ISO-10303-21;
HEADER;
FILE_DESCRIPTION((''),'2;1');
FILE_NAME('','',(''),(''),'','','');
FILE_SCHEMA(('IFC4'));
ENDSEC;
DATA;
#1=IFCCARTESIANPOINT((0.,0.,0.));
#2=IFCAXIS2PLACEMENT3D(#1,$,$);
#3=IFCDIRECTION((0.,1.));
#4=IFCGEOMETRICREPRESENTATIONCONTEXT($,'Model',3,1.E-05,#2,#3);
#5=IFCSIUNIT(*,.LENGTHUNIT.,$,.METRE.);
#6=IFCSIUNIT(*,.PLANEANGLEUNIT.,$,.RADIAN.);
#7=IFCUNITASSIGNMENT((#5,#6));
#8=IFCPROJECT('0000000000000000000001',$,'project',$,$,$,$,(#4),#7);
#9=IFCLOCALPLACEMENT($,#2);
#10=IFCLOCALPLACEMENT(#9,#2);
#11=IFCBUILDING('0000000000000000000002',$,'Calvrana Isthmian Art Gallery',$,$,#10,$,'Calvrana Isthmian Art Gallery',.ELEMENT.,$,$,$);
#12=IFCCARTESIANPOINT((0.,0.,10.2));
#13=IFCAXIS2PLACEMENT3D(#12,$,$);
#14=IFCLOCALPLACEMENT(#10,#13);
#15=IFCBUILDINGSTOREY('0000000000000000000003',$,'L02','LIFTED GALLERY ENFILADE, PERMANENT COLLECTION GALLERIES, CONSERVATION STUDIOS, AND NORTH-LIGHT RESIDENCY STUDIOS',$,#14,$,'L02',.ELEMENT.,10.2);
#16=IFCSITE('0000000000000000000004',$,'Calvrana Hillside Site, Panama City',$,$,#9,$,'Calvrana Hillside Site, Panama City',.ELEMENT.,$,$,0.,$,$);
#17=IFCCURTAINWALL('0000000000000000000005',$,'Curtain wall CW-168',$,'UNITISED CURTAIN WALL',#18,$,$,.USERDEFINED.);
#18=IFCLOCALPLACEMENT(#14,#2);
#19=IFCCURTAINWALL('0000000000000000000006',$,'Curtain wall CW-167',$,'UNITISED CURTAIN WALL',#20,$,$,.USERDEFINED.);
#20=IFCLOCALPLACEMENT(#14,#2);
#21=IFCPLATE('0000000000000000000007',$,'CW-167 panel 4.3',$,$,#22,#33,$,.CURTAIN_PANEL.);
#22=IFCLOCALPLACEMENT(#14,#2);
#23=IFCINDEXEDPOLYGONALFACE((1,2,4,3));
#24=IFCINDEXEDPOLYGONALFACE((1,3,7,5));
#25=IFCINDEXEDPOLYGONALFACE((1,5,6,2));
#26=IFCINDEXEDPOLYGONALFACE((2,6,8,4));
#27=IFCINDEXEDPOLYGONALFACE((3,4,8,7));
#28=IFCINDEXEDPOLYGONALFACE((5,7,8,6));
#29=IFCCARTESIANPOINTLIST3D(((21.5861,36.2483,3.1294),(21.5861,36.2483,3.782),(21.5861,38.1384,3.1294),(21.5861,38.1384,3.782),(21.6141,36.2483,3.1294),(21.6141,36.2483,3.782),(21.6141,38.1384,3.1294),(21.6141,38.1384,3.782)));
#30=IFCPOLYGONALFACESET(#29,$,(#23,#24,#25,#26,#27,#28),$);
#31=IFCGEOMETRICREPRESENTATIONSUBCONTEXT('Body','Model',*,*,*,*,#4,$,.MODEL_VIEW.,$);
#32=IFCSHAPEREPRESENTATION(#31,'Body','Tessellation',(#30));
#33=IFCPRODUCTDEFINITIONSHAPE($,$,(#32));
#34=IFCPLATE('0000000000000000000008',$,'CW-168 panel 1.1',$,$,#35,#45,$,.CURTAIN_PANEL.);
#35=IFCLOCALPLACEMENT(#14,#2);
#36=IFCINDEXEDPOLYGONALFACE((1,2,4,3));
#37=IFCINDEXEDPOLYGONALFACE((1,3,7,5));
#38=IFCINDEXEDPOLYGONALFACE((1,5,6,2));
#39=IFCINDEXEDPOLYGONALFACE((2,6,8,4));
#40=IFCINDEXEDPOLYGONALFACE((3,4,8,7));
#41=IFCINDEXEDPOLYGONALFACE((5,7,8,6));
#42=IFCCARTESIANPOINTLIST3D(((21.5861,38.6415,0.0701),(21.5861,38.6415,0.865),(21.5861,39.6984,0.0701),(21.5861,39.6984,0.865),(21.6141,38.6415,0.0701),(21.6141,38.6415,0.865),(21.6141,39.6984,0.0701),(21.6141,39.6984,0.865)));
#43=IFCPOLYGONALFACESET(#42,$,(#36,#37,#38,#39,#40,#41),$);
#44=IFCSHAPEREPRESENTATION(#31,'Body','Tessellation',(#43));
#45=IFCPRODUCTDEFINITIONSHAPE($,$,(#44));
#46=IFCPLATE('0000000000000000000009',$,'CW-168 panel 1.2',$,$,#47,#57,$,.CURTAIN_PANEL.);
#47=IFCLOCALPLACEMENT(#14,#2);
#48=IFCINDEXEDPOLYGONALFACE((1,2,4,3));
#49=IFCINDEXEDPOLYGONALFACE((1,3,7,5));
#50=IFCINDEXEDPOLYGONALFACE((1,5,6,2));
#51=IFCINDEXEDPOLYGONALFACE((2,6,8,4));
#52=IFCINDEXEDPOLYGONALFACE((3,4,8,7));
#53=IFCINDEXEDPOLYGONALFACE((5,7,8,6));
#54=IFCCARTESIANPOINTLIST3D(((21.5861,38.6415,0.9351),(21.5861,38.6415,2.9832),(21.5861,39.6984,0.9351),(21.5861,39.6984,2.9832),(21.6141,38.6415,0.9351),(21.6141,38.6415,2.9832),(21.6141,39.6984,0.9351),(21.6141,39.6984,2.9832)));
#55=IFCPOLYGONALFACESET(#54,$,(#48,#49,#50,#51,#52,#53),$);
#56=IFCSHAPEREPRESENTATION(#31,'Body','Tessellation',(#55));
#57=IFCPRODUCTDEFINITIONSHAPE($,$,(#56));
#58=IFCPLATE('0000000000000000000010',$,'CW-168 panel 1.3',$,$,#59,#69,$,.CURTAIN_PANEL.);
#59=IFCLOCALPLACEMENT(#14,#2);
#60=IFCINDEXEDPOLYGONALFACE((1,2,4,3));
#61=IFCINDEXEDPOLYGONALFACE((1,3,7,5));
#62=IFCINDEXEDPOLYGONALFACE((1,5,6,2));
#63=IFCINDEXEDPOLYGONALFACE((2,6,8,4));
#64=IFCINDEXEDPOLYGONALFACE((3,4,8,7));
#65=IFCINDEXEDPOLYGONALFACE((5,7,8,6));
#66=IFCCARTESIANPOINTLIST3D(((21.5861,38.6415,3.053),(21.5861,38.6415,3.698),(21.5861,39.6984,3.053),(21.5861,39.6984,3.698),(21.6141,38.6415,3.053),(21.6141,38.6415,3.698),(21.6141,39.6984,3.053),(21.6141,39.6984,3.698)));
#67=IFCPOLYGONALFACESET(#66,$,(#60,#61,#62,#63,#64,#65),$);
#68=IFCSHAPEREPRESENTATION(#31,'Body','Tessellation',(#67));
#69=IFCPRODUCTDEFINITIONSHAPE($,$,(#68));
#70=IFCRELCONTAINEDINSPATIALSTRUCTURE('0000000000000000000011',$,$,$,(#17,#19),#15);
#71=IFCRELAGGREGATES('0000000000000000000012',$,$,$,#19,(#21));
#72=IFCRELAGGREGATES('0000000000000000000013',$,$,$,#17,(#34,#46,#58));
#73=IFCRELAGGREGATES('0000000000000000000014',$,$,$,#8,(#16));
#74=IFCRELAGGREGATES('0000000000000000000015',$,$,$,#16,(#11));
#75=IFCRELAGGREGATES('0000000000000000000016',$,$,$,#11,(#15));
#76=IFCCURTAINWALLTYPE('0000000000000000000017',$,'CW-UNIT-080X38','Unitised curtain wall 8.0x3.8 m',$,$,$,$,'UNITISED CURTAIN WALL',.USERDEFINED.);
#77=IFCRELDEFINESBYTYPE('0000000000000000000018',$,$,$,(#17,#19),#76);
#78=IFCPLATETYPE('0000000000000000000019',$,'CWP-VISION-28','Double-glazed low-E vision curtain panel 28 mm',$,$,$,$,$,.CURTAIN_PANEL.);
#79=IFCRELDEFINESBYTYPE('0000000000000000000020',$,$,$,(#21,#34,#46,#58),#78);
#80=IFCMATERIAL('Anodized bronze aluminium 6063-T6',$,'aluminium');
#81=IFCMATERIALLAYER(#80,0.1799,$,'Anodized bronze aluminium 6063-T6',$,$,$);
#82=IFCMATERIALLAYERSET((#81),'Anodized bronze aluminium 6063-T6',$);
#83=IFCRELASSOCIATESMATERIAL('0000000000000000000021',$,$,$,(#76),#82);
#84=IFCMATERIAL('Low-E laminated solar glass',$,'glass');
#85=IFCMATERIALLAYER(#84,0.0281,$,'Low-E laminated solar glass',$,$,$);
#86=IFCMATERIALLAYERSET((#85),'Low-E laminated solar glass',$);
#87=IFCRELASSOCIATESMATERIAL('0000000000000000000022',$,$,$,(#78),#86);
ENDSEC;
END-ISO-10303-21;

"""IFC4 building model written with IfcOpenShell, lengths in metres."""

from ifc_helpers import new_model, si_unit, direction, frame, origin, origin_2d, place, context, subcontext, project, spatial, rectangle, extrude, material, layer, layer_set, type_object, element, aggregate, save


model = new_model("IFC4")

# Units and contexts
model_context = context("Model", 3, precision=1e-05, world=origin(), true_north=direction((0.0, 1.0)))
body_context = subcontext(model_context, "Body", "Model", "MODEL_VIEW")
ifc_project = project(units=[si_unit("LENGTHUNIT", "METRE"), si_unit("PLANEANGLEUNIT", "RADIAN")], contexts=[model_context])

# Site, building, storey
site_placement = place(None, origin())
site = spatial("IfcSite", under=ifc_project, at=site_placement, Name="Calvrana Hillside Site, Panama City", LongName="Calvrana Hillside Site, Panama City", CompositionType="ELEMENT", RefElevation=0.0)
building_placement = place(site_placement, origin())
building = spatial("IfcBuilding", under=site, at=building_placement, Name="Calvrana Isthmian Art Gallery", LongName="Calvrana Isthmian Art Gallery", CompositionType="ELEMENT")
storey_placement = place(building_placement, frame((0.0, 0.0, 10.2)))
storey = spatial("IfcBuildingStorey", under=building, at=storey_placement, Name="L02", Description="LIFTED GALLERY ENFILADE, PERMANENT COLLECTION GALLERIES, CONSERVATION STUDIOS, AND NORTH-LIGHT RESIDENCY STUDIOS", LongName="L02", CompositionType="ELEMENT", Elevation=10.2)

# Curtain wall
ifc_material_1 = material(Name="Anodized bronze aluminium 6063-T6", Category="aluminium")
ifc_layer_1 = layer(ifc_material_1, 0.1799, Name="Anodized bronze aluminium 6063-T6")
ifc_layer_set_1 = layer_set([ifc_layer_1], Name="Anodized bronze aluminium 6063-T6")
curtain_wall_type = type_object("IfcCurtainWallType", Name="CW-UNIT-080X38", Description="Unitised curtain wall 8.0x3.8 m", ElementType="UNITISED CURTAIN WALL", PredefinedType="USERDEFINED", material=ifc_layer_set_1)
curtain_wall_1_placement = place(storey_placement, origin())
curtain_wall_1 = element("IfcCurtainWall", 1, at=curtain_wall_1_placement, inside=storey, type_object=curtain_wall_type, Name="Curtain wall CW-168", ObjectType="UNITISED CURTAIN WALL", PredefinedType="USERDEFINED")

# Curtain wall
curtain_wall_2_placement = place(storey_placement, origin())
curtain_wall_2 = element("IfcCurtainWall", 2, at=curtain_wall_2_placement, inside=storey, type_object=curtain_wall_type, Name="Curtain wall CW-167", ObjectType="UNITISED CURTAIN WALL", PredefinedType="USERDEFINED")

# Plates
ifc_material_2 = material(Name="Low-E laminated solar glass", Category="glass")
ifc_layer_2 = layer(ifc_material_2, 0.0281, Name="Low-E laminated solar glass")
ifc_layer_set_2 = layer_set([ifc_layer_2], Name="Low-E laminated solar glass")
plate_type = type_object("IfcPlateType", Name="CWP-VISION-28", Description="Double-glazed low-E vision curtain panel 28 mm", PredefinedType="CURTAIN_PANEL", material=ifc_layer_set_2)
plate_1_placement = place(storey_placement, frame((21.6001, 37.1934, 3.1294), z_axis=(0.0, 0.0, 1.0), x_axis=(0.0, 1.0, 0.0)))
plate_1 = element("IfcPlate", 3, at=plate_1_placement, type_object=plate_type, Name="CW-167 panel 4.3", PredefinedType="CURTAIN_PANEL", context=body_context, shape_type="SweptSolid", body=[
    extrude(rectangle(XDim=1.8901, YDim=0.0281, at=origin_2d()), origin(), (0.0, 0.0, 1.0), 0.6526),
])
aggregate(curtain_wall_2, [plate_1])
plate_2_placement = place(storey_placement, frame((21.6001, 39.1699, 0.0701), z_axis=(0.0, 0.0, 1.0), x_axis=(0.0, 1.0, 0.0)))
plate_2 = element("IfcPlate", 4, at=plate_2_placement, type_object=plate_type, Name="CW-168 panel 1.1", PredefinedType="CURTAIN_PANEL", context=body_context, shape_type="SweptSolid", body=[
    extrude(rectangle(XDim=1.0569, YDim=0.0281, at=origin_2d()), origin(), (0.0, 0.0, 1.0), 0.7949),
])
plate_3_placement = place(storey_placement, frame((21.6001, 39.1699, 0.9351), z_axis=(0.0, 0.0, 1.0), x_axis=(0.0, 1.0, 0.0)))
plate_3 = element("IfcPlate", 5, at=plate_3_placement, type_object=plate_type, Name="CW-168 panel 1.2", PredefinedType="CURTAIN_PANEL", context=body_context, shape_type="SweptSolid", body=[
    extrude(rectangle(XDim=1.0569, YDim=0.0281, at=origin_2d()), origin(), (0.0, 0.0, 1.0), 2.0481),
])
plate_4_placement = place(storey_placement, frame((21.6001, 39.1699, 3.053), z_axis=(0.0, 0.0, 1.0), x_axis=(0.0, 1.0, 0.0)))
plate_4 = element("IfcPlate", 6, at=plate_4_placement, type_object=plate_type, Name="CW-168 panel 1.3", PredefinedType="CURTAIN_PANEL", context=body_context, shape_type="SweptSolid", body=[
    extrude(rectangle(XDim=1.0569, YDim=0.0281, at=origin_2d()), origin(), (0.0, 0.0, 1.0), 0.645),
])
aggregate(curtain_wall_1, [plate_2, plate_3, plate_4])

save(model, "model.ifc")
